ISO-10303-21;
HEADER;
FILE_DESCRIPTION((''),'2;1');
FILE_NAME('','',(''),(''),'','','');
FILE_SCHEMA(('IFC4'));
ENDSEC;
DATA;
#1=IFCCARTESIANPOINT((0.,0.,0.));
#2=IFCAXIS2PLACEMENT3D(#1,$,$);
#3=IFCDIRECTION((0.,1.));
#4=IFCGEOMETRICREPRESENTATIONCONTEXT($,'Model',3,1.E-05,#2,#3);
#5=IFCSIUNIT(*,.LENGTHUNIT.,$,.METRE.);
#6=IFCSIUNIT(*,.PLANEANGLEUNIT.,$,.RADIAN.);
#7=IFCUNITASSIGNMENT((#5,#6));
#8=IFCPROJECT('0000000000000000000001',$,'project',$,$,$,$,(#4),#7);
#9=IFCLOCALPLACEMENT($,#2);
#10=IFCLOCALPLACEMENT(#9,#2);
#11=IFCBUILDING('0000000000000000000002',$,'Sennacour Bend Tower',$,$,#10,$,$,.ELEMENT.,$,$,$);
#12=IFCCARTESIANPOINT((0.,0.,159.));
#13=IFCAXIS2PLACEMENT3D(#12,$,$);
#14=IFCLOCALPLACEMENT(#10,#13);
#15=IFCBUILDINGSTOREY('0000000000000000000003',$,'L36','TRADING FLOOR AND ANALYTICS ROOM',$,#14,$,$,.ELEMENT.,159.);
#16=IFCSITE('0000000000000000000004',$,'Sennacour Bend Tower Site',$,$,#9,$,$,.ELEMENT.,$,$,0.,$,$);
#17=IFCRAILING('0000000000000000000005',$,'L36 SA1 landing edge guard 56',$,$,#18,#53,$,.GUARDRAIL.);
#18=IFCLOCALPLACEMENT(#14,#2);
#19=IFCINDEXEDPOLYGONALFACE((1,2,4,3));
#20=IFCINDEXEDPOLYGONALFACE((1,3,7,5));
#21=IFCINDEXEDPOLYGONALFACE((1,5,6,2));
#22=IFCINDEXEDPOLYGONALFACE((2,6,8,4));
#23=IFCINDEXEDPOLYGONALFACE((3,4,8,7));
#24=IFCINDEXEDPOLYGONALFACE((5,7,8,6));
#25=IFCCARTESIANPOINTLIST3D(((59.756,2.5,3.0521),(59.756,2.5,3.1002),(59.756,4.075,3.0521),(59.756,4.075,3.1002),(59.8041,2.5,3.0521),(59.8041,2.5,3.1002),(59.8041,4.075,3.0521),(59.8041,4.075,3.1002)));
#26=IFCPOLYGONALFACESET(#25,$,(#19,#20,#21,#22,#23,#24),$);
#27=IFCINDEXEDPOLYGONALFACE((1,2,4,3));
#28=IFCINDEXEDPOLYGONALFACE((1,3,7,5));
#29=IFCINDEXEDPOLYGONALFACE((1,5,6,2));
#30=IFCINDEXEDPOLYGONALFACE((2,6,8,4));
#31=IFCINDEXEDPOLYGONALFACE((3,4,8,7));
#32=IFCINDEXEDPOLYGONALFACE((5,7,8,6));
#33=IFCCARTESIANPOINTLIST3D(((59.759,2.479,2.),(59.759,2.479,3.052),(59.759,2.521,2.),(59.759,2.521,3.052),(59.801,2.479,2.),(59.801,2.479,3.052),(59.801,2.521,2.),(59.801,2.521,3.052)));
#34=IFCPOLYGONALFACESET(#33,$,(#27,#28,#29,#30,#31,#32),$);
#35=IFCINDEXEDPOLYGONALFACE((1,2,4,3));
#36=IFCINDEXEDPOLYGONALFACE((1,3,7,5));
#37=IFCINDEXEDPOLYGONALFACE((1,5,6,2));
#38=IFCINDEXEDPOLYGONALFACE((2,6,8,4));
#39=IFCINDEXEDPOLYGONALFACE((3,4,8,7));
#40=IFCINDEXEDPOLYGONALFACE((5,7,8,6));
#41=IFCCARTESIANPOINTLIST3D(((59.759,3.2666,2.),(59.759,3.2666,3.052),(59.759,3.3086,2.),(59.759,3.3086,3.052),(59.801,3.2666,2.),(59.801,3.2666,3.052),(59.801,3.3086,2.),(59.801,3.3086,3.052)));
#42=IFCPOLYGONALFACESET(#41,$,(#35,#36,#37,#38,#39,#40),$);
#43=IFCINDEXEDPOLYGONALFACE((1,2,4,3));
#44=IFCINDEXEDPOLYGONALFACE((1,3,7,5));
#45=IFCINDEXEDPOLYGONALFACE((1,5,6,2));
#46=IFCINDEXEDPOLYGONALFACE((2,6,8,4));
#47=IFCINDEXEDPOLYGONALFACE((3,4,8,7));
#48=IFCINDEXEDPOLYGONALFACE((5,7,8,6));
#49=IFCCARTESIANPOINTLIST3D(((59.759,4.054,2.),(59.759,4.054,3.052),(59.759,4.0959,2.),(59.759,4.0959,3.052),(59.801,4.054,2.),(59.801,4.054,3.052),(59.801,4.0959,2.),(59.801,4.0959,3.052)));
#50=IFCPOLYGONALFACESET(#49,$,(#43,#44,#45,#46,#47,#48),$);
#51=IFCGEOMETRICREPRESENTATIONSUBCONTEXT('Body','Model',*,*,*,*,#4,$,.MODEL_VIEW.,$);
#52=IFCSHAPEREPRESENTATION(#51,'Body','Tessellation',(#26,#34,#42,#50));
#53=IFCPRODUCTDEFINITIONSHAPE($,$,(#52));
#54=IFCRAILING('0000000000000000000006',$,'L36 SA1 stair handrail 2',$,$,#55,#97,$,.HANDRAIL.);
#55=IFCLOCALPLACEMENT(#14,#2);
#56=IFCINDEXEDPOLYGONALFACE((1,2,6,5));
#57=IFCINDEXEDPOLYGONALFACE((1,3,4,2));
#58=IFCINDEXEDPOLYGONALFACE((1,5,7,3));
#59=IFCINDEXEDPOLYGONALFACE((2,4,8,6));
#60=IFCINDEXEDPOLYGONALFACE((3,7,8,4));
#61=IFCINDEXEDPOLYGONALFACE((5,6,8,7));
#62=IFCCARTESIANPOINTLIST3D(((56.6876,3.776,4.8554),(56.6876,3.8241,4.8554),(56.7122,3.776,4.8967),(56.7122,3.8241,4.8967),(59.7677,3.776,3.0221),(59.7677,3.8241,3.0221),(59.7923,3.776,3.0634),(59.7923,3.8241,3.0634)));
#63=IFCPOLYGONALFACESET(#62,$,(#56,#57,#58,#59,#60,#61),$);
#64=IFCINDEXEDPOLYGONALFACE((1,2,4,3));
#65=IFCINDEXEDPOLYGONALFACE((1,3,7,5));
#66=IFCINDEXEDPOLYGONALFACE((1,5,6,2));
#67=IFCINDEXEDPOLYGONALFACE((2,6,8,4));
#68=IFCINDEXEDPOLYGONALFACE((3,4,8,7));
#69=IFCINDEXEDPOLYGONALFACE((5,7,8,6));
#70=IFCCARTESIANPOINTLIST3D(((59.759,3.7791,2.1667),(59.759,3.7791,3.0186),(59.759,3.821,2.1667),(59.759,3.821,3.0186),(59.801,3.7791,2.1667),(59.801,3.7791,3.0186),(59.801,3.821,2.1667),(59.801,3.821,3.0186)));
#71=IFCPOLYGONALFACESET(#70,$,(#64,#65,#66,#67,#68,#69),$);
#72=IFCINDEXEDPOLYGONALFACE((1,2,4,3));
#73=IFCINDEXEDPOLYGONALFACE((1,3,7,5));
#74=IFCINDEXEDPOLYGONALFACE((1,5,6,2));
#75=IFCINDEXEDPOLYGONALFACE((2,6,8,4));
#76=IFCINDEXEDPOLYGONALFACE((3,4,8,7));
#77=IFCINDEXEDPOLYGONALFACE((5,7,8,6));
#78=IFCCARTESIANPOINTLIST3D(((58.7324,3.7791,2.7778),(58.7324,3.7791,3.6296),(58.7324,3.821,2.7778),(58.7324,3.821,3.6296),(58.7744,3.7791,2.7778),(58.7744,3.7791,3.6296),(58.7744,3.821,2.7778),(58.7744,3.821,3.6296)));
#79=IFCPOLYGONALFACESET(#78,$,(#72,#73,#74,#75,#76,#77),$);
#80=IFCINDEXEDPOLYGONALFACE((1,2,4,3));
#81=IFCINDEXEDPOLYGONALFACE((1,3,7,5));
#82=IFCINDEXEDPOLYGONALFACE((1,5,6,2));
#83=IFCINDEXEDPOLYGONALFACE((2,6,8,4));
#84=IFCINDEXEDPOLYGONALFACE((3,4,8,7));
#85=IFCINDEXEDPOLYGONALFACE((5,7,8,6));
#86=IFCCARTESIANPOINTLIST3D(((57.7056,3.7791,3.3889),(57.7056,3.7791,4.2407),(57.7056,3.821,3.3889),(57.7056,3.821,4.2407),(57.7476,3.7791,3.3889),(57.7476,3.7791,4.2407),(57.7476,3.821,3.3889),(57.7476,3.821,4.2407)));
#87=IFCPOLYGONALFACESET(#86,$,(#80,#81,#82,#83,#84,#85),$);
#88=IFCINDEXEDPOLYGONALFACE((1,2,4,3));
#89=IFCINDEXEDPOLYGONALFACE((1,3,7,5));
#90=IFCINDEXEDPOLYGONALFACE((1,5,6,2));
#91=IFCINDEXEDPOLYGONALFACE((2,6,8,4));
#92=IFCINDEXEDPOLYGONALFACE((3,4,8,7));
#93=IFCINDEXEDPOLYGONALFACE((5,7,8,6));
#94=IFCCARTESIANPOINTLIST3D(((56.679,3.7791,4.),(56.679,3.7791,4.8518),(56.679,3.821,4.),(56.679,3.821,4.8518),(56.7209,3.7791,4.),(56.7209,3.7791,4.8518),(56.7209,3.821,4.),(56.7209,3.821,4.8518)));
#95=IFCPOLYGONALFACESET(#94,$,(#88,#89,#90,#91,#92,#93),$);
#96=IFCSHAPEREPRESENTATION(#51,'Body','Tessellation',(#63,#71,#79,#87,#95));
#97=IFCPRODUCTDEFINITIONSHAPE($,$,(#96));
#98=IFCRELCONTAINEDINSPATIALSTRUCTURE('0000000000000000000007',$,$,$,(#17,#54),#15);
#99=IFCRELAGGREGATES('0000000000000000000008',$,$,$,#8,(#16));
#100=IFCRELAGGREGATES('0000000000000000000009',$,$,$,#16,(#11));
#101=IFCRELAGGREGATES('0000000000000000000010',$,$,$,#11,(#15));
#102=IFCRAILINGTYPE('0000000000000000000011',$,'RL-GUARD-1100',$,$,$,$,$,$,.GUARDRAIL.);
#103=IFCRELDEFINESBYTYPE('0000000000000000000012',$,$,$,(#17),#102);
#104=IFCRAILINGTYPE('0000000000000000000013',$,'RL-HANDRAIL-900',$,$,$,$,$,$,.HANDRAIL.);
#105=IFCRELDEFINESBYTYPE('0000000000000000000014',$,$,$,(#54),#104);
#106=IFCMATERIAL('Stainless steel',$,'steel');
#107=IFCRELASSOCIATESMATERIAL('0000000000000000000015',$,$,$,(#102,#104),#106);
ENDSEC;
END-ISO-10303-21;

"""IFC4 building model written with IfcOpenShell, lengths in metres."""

from ifc_helpers import new_model, si_unit, direction, frame, origin, origin_2d, place, context, subcontext, project, spatial, rectangle, extrude, material, type_object, element, save


model = new_model("IFC4")

# Units and contexts
model_context = context("Model", 3, precision=1e-05, world=origin(), true_north=direction((0.0, 1.0)))
body_context = subcontext(model_context, "Body", "Model", "MODEL_VIEW")
ifc_project = project(units=[si_unit("LENGTHUNIT", "METRE"), si_unit("PLANEANGLEUNIT", "RADIAN")], contexts=[model_context])

# Site, building, storey
site_placement = place(None, origin())
site = spatial("IfcSite", under=ifc_project, at=site_placement, Name="Sennacour Bend Tower Site", CompositionType="ELEMENT", RefElevation=0.0)
building_placement = place(site_placement, origin())
building = spatial("IfcBuilding", under=site, at=building_placement, Name="Sennacour Bend Tower", CompositionType="ELEMENT")
storey_placement = place(building_placement, frame((0.0, 0.0, 159.0)))
storey = spatial("IfcBuildingStorey", under=building, at=storey_placement, Name="L36", Description="TRADING FLOOR AND ANALYTICS ROOM", CompositionType="ELEMENT", Elevation=159.0)

# Shared definitions
ifc_material_1 = material(Name="Stainless steel", Category="steel")

# Railings
railing_type_1 = type_object("IfcRailingType", Name="RL-GUARD-1100", PredefinedType="GUARDRAIL", material=ifc_material_1)
railing_1_placement = place(storey_placement, frame((59.78, 2.5, 2.0)))
element("IfcRailing", 1, at=railing_1_placement, inside=storey, type_object=railing_type_1, Name="L36 SA1 landing edge guard 56", PredefinedType="GUARDRAIL", context=body_context, shape_type="SweptSolid", body=[
    extrude(rectangle(XDim=0.0481, YDim=0.0481, at=origin_2d()), frame((0.0, 0.0, 1.0762), z_axis=(0.0, 1.0, 0.0), x_axis=(-1.0, 0.0, 0.0)), (0.0, 0.0, 1.0), 1.575),
    extrude(rectangle(XDim=0.042, YDim=0.042, at=origin_2d()), origin(), (0.0, 0.0, 1.0), 1.052),
    extrude(rectangle(XDim=0.042, YDim=0.042, at=origin_2d()), frame((0.0, 0.7876, 0.0)), (0.0, 0.0, 1.0), 1.052),
    extrude(rectangle(XDim=0.042, YDim=0.042, at=origin_2d()), frame((0.0, 1.575, 0.0)), (0.0, 0.0, 1.0), 1.052),
])
railing_type_2 = type_object("IfcRailingType", Name="RL-HANDRAIL-900", PredefinedType="HANDRAIL", material=ifc_material_1)
railing_2_placement = place(storey_placement, frame((59.78, 3.8, 2.1667)))
element("IfcRailing", 2, at=railing_2_placement, inside=storey, type_object=railing_type_2, Name="L36 SA1 stair handrail 2", PredefinedType="HANDRAIL", context=body_context, shape_type="SweptSolid", body=[
    extrude(rectangle(XDim=0.0481, YDim=0.0481, at=origin_2d()), frame((0.0, 0.0, 0.876), z_axis=(-0.859309, 0.0, 0.511458), x_axis=(0.0, -1.0, 0.0)), (0.0, 0.0, 1.0), 3.5845),
    extrude(rectangle(XDim=0.042, YDim=0.042, at=origin_2d()), origin(), (0.0, 0.0, 1.0), 0.8518),
    extrude(rectangle(XDim=0.042, YDim=0.042, at=origin_2d()), frame((-1.0266, 0.0, 0.6111)), (0.0, 0.0, 1.0), 0.8518),
    extrude(rectangle(XDim=0.042, YDim=0.042, at=origin_2d()), frame((-2.0535, 0.0, 1.2222)), (0.0, 0.0, 1.0), 0.8518),
    extrude(rectangle(XDim=0.042, YDim=0.042, at=origin_2d()), frame((-3.0801, 0.0, 1.8333)), (0.0, 0.0, 1.0), 0.8518),
])

save(model, "model.ifc")
